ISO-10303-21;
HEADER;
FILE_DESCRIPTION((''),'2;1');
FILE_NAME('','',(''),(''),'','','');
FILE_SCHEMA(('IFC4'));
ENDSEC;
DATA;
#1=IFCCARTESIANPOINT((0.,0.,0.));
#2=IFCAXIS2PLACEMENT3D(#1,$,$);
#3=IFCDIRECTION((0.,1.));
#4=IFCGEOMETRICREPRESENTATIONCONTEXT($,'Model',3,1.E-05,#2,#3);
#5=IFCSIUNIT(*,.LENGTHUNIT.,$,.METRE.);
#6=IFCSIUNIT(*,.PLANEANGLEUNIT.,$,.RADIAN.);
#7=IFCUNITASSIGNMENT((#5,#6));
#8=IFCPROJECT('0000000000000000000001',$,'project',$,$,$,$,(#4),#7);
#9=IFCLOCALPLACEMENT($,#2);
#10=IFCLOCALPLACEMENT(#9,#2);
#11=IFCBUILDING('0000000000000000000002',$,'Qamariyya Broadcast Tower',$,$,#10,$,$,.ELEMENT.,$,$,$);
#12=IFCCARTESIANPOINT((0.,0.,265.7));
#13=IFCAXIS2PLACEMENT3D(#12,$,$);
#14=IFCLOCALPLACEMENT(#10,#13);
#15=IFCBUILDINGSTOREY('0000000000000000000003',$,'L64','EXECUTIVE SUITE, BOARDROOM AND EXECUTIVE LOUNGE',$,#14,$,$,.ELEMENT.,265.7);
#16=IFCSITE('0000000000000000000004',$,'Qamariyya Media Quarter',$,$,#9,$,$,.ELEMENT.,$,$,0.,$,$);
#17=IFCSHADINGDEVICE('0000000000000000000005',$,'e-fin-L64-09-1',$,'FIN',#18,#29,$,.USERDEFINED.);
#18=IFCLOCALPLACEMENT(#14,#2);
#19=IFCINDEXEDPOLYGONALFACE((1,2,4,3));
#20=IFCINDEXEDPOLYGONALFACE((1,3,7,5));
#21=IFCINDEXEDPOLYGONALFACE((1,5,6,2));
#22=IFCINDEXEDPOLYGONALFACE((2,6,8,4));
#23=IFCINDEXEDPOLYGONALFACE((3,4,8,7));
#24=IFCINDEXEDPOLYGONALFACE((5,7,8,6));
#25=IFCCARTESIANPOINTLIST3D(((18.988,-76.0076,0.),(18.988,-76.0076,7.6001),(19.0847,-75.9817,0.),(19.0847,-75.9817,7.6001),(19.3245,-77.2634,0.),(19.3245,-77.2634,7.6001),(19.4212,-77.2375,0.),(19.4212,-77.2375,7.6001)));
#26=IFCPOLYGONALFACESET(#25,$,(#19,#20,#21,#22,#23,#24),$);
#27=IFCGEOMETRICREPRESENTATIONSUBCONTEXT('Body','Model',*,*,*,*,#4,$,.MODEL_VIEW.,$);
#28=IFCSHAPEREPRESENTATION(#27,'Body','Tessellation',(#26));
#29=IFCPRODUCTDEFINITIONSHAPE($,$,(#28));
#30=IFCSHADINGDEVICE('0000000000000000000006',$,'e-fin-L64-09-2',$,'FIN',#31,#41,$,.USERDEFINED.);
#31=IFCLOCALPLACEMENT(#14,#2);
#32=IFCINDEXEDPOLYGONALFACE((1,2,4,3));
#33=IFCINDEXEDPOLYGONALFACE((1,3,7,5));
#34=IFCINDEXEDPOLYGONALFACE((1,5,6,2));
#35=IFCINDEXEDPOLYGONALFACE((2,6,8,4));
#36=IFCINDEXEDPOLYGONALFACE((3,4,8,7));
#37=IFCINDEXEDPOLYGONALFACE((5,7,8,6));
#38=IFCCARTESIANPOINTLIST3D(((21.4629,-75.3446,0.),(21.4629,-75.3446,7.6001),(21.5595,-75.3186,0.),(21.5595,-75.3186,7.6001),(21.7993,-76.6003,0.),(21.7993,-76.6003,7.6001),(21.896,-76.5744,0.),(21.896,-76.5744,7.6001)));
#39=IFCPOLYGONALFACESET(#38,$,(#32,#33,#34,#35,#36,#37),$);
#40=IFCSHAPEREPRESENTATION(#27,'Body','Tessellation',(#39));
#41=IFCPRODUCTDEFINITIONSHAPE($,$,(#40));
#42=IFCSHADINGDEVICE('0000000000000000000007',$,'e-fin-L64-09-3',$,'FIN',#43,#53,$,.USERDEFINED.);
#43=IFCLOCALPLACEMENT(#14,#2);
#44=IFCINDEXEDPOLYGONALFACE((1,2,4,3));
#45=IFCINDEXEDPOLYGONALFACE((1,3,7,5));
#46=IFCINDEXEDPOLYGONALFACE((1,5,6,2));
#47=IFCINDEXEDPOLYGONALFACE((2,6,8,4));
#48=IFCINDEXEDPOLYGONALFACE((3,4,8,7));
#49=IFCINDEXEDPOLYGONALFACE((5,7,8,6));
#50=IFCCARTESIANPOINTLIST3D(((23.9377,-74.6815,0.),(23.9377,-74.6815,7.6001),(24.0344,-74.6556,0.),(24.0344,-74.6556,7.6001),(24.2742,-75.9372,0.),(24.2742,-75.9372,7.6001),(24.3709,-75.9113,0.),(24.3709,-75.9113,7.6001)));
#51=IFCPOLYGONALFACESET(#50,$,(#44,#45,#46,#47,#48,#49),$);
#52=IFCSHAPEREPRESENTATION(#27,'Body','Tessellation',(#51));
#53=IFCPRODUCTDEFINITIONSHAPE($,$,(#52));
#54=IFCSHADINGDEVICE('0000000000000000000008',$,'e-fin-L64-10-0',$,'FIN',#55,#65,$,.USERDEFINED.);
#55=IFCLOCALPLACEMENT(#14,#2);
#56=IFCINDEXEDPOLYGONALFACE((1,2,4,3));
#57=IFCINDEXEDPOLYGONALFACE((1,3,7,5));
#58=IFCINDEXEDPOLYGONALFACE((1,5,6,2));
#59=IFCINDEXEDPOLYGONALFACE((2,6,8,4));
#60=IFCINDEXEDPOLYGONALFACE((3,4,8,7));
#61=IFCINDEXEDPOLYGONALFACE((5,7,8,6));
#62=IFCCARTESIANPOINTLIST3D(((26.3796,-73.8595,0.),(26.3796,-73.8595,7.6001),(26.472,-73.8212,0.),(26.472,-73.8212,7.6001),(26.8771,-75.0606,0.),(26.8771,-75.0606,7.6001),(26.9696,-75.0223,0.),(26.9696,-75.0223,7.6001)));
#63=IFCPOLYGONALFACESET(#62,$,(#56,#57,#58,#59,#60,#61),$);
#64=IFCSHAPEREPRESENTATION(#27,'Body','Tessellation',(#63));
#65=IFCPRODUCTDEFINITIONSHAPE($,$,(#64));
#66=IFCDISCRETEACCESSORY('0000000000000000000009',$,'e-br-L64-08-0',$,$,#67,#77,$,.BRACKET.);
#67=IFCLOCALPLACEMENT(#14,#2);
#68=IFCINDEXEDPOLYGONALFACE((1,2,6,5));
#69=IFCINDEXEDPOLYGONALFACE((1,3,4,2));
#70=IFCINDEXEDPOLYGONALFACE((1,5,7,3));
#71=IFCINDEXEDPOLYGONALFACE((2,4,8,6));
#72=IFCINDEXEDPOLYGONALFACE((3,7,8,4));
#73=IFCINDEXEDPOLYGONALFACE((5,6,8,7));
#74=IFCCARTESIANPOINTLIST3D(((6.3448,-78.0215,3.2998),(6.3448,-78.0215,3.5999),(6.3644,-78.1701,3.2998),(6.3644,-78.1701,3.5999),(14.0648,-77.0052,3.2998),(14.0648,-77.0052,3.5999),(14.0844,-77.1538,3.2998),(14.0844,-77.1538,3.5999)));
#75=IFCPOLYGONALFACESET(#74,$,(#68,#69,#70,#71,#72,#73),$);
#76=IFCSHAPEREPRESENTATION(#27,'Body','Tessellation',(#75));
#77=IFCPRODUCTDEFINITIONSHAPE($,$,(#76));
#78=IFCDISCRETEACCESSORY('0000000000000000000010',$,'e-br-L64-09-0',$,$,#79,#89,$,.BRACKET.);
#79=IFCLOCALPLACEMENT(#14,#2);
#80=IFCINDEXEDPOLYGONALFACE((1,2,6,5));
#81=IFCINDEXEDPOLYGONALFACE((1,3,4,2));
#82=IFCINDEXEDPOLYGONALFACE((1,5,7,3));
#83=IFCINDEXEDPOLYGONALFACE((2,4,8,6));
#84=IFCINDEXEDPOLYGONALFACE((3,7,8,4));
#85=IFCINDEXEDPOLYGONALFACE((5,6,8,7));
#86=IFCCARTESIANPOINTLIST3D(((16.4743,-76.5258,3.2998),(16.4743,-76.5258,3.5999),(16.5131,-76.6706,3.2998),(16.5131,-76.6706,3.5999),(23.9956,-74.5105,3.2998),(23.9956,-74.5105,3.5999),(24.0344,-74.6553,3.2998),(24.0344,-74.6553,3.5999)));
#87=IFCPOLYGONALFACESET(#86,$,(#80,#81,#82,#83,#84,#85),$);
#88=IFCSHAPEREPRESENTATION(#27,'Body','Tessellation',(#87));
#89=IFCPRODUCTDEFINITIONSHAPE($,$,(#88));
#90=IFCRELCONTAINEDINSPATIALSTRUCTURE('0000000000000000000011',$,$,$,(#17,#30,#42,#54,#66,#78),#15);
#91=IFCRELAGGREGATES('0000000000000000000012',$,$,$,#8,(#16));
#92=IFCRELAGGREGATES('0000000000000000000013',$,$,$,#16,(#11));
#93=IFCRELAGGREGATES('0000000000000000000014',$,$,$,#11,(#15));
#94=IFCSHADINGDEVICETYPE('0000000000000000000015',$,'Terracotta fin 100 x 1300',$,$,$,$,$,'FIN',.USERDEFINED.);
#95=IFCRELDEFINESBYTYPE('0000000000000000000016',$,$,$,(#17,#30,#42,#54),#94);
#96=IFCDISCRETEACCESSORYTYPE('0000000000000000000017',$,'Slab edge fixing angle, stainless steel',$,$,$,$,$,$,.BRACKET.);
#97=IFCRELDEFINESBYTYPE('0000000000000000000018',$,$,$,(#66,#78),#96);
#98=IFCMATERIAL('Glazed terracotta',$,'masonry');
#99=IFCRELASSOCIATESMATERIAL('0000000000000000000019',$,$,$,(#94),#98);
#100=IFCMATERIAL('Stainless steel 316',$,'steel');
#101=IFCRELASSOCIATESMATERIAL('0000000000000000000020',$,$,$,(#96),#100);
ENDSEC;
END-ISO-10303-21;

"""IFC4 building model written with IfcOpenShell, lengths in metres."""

from ifc_helpers import new_model, si_unit, direction, frame, origin, origin_2d, place, context, subcontext, project, spatial, rectangle, extrude, material, material_profile, profile_set, type_object, element, save


model = new_model("IFC4")

# Units and contexts
model_context = context("Model", 3, precision=1e-05, world=origin(), true_north=direction((0.0, 1.0)))
body_context = subcontext(model_context, "Body", "Model", "MODEL_VIEW")
ifc_project = project(units=[si_unit("LENGTHUNIT", "METRE"), si_unit("PLANEANGLEUNIT", "RADIAN")], contexts=[model_context])

# Site, building, storey
site_placement = place(None, origin())
site = spatial("IfcSite", under=ifc_project, at=site_placement, Name="Qamariyya Media Quarter", CompositionType="ELEMENT", RefElevation=0.0)
building_placement = place(site_placement, origin())
building = spatial("IfcBuilding", under=site, at=building_placement, Name="Qamariyya Broadcast Tower", CompositionType="ELEMENT")
storey_placement = place(building_placement, frame((0.0, 0.0, 265.7)))
storey = spatial("IfcBuildingStorey", under=building, at=storey_placement, Name="L64", Description="EXECUTIVE SUITE, BOARDROOM AND EXECUTIVE LOUNGE", CompositionType="ELEMENT", Elevation=265.7)

# Shading devices
ifc_material_1 = material(Name="Glazed terracotta", Category="masonry")
ifc_material_profile_1 = material_profile(ifc_material_1, rectangle(XDim=1.3, YDim=0.1001, at=origin_2d()))
ifc_profile_set_1 = profile_set([ifc_material_profile_1], Name="Glazed terracotta")
shading_device_type_1 = type_object("IfcShadingDeviceType", Name="Terracotta fin 100 x 1300", ElementType="FIN", PredefinedType="USERDEFINED", material=ifc_profile_set_1)
for number, where, z_axis, x_axis, name in (
    (1, (19.2046, -76.6226, 0.0), (0.0, 0.0, 1.0), (0.258819, -0.965926, 0.0), "e-fin-L64-09-1"),
    (2, (21.6794, -75.9595, 0.0), (0.0, 0.0, 1.0), (0.258819, -0.965926, 0.0), "e-fin-L64-09-2"),
    (3, (24.1543, -75.2964, 0.0), (0.0, 0.0, 1.0), (0.258819, -0.965926, 0.0), "e-fin-L64-09-3"),
    (4, (26.6746, -74.4409, 0.0), (0.0, 0.0, 1.0), (0.382683, -0.92388, 0.0), "e-fin-L64-10-0"),
):
    element("IfcShadingDevice", number, at=place(storey_placement, frame(where, z_axis=z_axis, x_axis=x_axis)), inside=storey, type_object=shading_device_type_1, Name=name, ObjectType="FIN", PredefinedType="USERDEFINED", context=body_context, shape_type="SweptSolid", body=[
        extrude(rectangle(XDim=1.3, YDim=0.1001, at=origin_2d()), origin(), (0.0, 0.0, 1.0), 7.6001),
    ])

# Discrete accessories
ifc_material_2 = material(Name="Stainless steel 316", Category="steel")
discrete_accessory_type = type_object("IfcDiscreteAccessoryType", Name="Slab edge fixing angle, stainless steel", PredefinedType="BRACKET", material=ifc_material_2)
for number, where, z_axis, x_axis, name in (
    (5, (10.2146, -77.5876, 3.2998), (0.0, 0.0, 1.0), (0.991445, 0.130526, 0.0), "e-br-L64-08-0"),
    (6, (20.2544, -75.5906, 3.2998), (0.0, 0.0, 1.0), (0.965926, 0.258819, 0.0), "e-br-L64-09-0"),
):
    element("IfcDiscreteAccessory", number, at=place(storey_placement, frame(where, z_axis=z_axis, x_axis=x_axis)), inside=storey, type_object=discrete_accessory_type, Name=name, PredefinedType="BRACKET", context=body_context, shape_type="SweptSolid", body=[
        extrude(rectangle(XDim=7.7866, YDim=0.1499, at=origin_2d()), origin(), (0.0, 0.0, 1.0), 0.3),
    ])

save(model, "model.ifc")
